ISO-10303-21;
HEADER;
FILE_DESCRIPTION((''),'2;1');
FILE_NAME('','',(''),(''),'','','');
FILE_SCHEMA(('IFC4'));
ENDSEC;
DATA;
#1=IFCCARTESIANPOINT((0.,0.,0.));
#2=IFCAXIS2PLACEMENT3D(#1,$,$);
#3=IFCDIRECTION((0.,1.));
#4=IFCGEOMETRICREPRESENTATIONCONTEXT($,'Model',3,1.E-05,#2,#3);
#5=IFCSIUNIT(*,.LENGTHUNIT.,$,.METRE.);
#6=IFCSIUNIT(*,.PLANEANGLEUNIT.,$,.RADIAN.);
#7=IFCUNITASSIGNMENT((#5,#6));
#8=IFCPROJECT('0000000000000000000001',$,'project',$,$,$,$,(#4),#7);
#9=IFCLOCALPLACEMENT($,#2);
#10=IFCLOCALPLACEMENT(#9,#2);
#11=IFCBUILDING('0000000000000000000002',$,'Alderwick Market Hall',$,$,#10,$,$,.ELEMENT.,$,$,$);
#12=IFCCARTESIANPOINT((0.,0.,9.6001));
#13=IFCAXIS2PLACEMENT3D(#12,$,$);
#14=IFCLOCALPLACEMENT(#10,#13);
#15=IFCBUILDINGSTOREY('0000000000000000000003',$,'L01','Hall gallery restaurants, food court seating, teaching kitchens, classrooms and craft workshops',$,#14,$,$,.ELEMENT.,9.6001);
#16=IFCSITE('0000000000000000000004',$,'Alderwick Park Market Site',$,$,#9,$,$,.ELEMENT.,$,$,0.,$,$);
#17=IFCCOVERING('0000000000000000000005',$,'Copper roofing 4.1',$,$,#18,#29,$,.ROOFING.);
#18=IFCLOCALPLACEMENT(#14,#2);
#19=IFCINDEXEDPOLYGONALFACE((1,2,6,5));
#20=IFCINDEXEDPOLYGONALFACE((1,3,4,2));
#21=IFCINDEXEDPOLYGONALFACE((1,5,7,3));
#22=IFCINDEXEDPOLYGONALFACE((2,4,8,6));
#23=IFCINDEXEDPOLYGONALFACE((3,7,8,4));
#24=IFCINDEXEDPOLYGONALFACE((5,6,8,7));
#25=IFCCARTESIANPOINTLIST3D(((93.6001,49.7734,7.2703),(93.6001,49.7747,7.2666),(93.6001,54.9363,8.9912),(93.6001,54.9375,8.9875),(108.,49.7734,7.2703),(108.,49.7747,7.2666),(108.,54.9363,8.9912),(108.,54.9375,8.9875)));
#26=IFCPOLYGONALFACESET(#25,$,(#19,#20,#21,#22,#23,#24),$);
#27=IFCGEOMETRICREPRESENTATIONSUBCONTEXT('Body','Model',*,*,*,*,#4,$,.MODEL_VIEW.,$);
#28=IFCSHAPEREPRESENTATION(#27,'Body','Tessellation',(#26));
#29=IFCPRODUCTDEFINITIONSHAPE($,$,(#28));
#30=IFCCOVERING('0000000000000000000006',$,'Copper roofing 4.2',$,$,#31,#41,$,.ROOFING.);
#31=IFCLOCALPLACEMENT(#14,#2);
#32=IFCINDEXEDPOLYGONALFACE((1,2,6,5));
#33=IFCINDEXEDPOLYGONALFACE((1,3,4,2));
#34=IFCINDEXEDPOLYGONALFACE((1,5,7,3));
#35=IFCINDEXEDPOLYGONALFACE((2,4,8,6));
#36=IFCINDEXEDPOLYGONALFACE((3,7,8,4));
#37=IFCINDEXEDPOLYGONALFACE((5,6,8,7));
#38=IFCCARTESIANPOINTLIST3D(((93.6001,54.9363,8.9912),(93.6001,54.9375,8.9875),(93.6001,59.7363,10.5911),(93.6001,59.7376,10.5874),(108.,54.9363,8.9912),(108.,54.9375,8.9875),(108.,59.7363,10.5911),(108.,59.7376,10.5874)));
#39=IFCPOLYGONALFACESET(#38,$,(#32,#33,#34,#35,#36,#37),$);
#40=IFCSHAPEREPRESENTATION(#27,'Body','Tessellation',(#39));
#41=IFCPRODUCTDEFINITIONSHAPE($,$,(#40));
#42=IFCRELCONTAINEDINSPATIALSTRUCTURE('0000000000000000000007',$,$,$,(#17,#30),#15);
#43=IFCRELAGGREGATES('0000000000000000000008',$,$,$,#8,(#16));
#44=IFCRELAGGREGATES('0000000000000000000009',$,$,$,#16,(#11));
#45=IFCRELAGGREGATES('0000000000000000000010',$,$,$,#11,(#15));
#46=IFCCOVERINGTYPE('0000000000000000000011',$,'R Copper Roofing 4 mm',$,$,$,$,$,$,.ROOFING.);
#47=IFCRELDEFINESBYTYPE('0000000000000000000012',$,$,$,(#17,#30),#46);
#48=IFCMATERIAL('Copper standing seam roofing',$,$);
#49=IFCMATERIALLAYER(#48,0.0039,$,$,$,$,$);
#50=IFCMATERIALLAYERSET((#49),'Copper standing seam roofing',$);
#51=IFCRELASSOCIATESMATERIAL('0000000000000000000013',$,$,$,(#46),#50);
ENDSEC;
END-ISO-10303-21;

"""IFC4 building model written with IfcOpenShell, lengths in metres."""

from ifc_helpers import new_model, si_unit, direction, frame, origin, place, context, subcontext, project, spatial, polyline, outline, extrude, material, layer, layer_set, type_object, element, save


model = new_model("IFC4")

# Units and contexts
model_context = context("Model", 3, precision=1e-05, world=origin(), true_north=direction((0.0, 1.0)))
body_context = subcontext(model_context, "Body", "Model", "MODEL_VIEW")
ifc_project = project(units=[si_unit("LENGTHUNIT", "METRE"), si_unit("PLANEANGLEUNIT", "RADIAN")], contexts=[model_context])

# Site, building, storey
site_placement = place(None, origin())
site = spatial("IfcSite", under=ifc_project, at=site_placement, Name="Alderwick Park Market Site", CompositionType="ELEMENT", RefElevation=0.0)
building_placement = place(site_placement, origin())
building = spatial("IfcBuilding", under=site, at=building_placement, Name="Alderwick Market Hall", CompositionType="ELEMENT")
storey_placement = place(building_placement, frame((0.0, 0.0, 9.6001)))
storey = spatial("IfcBuildingStorey", under=building, at=storey_placement, Name="L01", Description="Hall gallery restaurants, food court seating, teaching kitchens, classrooms and craft workshops", CompositionType="ELEMENT", Elevation=9.6001)

# Coverings
ifc_material_1 = material(Name="Copper standing seam roofing")
ifc_layer_1 = layer(ifc_material_1, 0.0039)
ifc_layer_set_1 = layer_set([ifc_layer_1], Name="Copper standing seam roofing")
covering_type_1 = type_object("IfcCoveringType", Name="R Copper Roofing 4 mm", PredefinedType="ROOFING", material=ifc_layer_set_1)
covering_1_placement = place(storey_placement, frame((93.6001, 49.7734, 7.2703), z_axis=(0.0, -0.316228, 0.948683), x_axis=(1.0, 0.0, 0.0)))
element("IfcCovering", 1, at=covering_1_placement, inside=storey, type_object=covering_type_1, Name="Copper roofing 4.1", PredefinedType="ROOFING", context=body_context, shape_type="SweptSolid", body=[
    extrude(outline(polyline([(0.0, 0.0), (14.3999, 0.0), (14.3999, 5.4421), (0.0, 5.4421), (0.0, 0.0)])), origin(), (0.0, 0.0, -1.0), 0.0039),
])
covering_2_placement = place(storey_placement, frame((93.6001, 54.9363, 8.9912), z_axis=(0.0, -0.316199, 0.948693), x_axis=(1.0, 0.0, 0.0)))
element("IfcCovering", 2, at=covering_2_placement, inside=storey, type_object=covering_type_1, Name="Copper roofing 4.2", PredefinedType="ROOFING", context=body_context, shape_type="SweptSolid", body=[
    extrude(outline(polyline([(0.0, 0.0), (14.3999, 0.0), (14.3999, 5.0596), (0.0, 5.0596), (0.0, 0.0)])), origin(), (0.0, 0.0, -1.0), 0.0039),
])

save(model, "model.ifc")
